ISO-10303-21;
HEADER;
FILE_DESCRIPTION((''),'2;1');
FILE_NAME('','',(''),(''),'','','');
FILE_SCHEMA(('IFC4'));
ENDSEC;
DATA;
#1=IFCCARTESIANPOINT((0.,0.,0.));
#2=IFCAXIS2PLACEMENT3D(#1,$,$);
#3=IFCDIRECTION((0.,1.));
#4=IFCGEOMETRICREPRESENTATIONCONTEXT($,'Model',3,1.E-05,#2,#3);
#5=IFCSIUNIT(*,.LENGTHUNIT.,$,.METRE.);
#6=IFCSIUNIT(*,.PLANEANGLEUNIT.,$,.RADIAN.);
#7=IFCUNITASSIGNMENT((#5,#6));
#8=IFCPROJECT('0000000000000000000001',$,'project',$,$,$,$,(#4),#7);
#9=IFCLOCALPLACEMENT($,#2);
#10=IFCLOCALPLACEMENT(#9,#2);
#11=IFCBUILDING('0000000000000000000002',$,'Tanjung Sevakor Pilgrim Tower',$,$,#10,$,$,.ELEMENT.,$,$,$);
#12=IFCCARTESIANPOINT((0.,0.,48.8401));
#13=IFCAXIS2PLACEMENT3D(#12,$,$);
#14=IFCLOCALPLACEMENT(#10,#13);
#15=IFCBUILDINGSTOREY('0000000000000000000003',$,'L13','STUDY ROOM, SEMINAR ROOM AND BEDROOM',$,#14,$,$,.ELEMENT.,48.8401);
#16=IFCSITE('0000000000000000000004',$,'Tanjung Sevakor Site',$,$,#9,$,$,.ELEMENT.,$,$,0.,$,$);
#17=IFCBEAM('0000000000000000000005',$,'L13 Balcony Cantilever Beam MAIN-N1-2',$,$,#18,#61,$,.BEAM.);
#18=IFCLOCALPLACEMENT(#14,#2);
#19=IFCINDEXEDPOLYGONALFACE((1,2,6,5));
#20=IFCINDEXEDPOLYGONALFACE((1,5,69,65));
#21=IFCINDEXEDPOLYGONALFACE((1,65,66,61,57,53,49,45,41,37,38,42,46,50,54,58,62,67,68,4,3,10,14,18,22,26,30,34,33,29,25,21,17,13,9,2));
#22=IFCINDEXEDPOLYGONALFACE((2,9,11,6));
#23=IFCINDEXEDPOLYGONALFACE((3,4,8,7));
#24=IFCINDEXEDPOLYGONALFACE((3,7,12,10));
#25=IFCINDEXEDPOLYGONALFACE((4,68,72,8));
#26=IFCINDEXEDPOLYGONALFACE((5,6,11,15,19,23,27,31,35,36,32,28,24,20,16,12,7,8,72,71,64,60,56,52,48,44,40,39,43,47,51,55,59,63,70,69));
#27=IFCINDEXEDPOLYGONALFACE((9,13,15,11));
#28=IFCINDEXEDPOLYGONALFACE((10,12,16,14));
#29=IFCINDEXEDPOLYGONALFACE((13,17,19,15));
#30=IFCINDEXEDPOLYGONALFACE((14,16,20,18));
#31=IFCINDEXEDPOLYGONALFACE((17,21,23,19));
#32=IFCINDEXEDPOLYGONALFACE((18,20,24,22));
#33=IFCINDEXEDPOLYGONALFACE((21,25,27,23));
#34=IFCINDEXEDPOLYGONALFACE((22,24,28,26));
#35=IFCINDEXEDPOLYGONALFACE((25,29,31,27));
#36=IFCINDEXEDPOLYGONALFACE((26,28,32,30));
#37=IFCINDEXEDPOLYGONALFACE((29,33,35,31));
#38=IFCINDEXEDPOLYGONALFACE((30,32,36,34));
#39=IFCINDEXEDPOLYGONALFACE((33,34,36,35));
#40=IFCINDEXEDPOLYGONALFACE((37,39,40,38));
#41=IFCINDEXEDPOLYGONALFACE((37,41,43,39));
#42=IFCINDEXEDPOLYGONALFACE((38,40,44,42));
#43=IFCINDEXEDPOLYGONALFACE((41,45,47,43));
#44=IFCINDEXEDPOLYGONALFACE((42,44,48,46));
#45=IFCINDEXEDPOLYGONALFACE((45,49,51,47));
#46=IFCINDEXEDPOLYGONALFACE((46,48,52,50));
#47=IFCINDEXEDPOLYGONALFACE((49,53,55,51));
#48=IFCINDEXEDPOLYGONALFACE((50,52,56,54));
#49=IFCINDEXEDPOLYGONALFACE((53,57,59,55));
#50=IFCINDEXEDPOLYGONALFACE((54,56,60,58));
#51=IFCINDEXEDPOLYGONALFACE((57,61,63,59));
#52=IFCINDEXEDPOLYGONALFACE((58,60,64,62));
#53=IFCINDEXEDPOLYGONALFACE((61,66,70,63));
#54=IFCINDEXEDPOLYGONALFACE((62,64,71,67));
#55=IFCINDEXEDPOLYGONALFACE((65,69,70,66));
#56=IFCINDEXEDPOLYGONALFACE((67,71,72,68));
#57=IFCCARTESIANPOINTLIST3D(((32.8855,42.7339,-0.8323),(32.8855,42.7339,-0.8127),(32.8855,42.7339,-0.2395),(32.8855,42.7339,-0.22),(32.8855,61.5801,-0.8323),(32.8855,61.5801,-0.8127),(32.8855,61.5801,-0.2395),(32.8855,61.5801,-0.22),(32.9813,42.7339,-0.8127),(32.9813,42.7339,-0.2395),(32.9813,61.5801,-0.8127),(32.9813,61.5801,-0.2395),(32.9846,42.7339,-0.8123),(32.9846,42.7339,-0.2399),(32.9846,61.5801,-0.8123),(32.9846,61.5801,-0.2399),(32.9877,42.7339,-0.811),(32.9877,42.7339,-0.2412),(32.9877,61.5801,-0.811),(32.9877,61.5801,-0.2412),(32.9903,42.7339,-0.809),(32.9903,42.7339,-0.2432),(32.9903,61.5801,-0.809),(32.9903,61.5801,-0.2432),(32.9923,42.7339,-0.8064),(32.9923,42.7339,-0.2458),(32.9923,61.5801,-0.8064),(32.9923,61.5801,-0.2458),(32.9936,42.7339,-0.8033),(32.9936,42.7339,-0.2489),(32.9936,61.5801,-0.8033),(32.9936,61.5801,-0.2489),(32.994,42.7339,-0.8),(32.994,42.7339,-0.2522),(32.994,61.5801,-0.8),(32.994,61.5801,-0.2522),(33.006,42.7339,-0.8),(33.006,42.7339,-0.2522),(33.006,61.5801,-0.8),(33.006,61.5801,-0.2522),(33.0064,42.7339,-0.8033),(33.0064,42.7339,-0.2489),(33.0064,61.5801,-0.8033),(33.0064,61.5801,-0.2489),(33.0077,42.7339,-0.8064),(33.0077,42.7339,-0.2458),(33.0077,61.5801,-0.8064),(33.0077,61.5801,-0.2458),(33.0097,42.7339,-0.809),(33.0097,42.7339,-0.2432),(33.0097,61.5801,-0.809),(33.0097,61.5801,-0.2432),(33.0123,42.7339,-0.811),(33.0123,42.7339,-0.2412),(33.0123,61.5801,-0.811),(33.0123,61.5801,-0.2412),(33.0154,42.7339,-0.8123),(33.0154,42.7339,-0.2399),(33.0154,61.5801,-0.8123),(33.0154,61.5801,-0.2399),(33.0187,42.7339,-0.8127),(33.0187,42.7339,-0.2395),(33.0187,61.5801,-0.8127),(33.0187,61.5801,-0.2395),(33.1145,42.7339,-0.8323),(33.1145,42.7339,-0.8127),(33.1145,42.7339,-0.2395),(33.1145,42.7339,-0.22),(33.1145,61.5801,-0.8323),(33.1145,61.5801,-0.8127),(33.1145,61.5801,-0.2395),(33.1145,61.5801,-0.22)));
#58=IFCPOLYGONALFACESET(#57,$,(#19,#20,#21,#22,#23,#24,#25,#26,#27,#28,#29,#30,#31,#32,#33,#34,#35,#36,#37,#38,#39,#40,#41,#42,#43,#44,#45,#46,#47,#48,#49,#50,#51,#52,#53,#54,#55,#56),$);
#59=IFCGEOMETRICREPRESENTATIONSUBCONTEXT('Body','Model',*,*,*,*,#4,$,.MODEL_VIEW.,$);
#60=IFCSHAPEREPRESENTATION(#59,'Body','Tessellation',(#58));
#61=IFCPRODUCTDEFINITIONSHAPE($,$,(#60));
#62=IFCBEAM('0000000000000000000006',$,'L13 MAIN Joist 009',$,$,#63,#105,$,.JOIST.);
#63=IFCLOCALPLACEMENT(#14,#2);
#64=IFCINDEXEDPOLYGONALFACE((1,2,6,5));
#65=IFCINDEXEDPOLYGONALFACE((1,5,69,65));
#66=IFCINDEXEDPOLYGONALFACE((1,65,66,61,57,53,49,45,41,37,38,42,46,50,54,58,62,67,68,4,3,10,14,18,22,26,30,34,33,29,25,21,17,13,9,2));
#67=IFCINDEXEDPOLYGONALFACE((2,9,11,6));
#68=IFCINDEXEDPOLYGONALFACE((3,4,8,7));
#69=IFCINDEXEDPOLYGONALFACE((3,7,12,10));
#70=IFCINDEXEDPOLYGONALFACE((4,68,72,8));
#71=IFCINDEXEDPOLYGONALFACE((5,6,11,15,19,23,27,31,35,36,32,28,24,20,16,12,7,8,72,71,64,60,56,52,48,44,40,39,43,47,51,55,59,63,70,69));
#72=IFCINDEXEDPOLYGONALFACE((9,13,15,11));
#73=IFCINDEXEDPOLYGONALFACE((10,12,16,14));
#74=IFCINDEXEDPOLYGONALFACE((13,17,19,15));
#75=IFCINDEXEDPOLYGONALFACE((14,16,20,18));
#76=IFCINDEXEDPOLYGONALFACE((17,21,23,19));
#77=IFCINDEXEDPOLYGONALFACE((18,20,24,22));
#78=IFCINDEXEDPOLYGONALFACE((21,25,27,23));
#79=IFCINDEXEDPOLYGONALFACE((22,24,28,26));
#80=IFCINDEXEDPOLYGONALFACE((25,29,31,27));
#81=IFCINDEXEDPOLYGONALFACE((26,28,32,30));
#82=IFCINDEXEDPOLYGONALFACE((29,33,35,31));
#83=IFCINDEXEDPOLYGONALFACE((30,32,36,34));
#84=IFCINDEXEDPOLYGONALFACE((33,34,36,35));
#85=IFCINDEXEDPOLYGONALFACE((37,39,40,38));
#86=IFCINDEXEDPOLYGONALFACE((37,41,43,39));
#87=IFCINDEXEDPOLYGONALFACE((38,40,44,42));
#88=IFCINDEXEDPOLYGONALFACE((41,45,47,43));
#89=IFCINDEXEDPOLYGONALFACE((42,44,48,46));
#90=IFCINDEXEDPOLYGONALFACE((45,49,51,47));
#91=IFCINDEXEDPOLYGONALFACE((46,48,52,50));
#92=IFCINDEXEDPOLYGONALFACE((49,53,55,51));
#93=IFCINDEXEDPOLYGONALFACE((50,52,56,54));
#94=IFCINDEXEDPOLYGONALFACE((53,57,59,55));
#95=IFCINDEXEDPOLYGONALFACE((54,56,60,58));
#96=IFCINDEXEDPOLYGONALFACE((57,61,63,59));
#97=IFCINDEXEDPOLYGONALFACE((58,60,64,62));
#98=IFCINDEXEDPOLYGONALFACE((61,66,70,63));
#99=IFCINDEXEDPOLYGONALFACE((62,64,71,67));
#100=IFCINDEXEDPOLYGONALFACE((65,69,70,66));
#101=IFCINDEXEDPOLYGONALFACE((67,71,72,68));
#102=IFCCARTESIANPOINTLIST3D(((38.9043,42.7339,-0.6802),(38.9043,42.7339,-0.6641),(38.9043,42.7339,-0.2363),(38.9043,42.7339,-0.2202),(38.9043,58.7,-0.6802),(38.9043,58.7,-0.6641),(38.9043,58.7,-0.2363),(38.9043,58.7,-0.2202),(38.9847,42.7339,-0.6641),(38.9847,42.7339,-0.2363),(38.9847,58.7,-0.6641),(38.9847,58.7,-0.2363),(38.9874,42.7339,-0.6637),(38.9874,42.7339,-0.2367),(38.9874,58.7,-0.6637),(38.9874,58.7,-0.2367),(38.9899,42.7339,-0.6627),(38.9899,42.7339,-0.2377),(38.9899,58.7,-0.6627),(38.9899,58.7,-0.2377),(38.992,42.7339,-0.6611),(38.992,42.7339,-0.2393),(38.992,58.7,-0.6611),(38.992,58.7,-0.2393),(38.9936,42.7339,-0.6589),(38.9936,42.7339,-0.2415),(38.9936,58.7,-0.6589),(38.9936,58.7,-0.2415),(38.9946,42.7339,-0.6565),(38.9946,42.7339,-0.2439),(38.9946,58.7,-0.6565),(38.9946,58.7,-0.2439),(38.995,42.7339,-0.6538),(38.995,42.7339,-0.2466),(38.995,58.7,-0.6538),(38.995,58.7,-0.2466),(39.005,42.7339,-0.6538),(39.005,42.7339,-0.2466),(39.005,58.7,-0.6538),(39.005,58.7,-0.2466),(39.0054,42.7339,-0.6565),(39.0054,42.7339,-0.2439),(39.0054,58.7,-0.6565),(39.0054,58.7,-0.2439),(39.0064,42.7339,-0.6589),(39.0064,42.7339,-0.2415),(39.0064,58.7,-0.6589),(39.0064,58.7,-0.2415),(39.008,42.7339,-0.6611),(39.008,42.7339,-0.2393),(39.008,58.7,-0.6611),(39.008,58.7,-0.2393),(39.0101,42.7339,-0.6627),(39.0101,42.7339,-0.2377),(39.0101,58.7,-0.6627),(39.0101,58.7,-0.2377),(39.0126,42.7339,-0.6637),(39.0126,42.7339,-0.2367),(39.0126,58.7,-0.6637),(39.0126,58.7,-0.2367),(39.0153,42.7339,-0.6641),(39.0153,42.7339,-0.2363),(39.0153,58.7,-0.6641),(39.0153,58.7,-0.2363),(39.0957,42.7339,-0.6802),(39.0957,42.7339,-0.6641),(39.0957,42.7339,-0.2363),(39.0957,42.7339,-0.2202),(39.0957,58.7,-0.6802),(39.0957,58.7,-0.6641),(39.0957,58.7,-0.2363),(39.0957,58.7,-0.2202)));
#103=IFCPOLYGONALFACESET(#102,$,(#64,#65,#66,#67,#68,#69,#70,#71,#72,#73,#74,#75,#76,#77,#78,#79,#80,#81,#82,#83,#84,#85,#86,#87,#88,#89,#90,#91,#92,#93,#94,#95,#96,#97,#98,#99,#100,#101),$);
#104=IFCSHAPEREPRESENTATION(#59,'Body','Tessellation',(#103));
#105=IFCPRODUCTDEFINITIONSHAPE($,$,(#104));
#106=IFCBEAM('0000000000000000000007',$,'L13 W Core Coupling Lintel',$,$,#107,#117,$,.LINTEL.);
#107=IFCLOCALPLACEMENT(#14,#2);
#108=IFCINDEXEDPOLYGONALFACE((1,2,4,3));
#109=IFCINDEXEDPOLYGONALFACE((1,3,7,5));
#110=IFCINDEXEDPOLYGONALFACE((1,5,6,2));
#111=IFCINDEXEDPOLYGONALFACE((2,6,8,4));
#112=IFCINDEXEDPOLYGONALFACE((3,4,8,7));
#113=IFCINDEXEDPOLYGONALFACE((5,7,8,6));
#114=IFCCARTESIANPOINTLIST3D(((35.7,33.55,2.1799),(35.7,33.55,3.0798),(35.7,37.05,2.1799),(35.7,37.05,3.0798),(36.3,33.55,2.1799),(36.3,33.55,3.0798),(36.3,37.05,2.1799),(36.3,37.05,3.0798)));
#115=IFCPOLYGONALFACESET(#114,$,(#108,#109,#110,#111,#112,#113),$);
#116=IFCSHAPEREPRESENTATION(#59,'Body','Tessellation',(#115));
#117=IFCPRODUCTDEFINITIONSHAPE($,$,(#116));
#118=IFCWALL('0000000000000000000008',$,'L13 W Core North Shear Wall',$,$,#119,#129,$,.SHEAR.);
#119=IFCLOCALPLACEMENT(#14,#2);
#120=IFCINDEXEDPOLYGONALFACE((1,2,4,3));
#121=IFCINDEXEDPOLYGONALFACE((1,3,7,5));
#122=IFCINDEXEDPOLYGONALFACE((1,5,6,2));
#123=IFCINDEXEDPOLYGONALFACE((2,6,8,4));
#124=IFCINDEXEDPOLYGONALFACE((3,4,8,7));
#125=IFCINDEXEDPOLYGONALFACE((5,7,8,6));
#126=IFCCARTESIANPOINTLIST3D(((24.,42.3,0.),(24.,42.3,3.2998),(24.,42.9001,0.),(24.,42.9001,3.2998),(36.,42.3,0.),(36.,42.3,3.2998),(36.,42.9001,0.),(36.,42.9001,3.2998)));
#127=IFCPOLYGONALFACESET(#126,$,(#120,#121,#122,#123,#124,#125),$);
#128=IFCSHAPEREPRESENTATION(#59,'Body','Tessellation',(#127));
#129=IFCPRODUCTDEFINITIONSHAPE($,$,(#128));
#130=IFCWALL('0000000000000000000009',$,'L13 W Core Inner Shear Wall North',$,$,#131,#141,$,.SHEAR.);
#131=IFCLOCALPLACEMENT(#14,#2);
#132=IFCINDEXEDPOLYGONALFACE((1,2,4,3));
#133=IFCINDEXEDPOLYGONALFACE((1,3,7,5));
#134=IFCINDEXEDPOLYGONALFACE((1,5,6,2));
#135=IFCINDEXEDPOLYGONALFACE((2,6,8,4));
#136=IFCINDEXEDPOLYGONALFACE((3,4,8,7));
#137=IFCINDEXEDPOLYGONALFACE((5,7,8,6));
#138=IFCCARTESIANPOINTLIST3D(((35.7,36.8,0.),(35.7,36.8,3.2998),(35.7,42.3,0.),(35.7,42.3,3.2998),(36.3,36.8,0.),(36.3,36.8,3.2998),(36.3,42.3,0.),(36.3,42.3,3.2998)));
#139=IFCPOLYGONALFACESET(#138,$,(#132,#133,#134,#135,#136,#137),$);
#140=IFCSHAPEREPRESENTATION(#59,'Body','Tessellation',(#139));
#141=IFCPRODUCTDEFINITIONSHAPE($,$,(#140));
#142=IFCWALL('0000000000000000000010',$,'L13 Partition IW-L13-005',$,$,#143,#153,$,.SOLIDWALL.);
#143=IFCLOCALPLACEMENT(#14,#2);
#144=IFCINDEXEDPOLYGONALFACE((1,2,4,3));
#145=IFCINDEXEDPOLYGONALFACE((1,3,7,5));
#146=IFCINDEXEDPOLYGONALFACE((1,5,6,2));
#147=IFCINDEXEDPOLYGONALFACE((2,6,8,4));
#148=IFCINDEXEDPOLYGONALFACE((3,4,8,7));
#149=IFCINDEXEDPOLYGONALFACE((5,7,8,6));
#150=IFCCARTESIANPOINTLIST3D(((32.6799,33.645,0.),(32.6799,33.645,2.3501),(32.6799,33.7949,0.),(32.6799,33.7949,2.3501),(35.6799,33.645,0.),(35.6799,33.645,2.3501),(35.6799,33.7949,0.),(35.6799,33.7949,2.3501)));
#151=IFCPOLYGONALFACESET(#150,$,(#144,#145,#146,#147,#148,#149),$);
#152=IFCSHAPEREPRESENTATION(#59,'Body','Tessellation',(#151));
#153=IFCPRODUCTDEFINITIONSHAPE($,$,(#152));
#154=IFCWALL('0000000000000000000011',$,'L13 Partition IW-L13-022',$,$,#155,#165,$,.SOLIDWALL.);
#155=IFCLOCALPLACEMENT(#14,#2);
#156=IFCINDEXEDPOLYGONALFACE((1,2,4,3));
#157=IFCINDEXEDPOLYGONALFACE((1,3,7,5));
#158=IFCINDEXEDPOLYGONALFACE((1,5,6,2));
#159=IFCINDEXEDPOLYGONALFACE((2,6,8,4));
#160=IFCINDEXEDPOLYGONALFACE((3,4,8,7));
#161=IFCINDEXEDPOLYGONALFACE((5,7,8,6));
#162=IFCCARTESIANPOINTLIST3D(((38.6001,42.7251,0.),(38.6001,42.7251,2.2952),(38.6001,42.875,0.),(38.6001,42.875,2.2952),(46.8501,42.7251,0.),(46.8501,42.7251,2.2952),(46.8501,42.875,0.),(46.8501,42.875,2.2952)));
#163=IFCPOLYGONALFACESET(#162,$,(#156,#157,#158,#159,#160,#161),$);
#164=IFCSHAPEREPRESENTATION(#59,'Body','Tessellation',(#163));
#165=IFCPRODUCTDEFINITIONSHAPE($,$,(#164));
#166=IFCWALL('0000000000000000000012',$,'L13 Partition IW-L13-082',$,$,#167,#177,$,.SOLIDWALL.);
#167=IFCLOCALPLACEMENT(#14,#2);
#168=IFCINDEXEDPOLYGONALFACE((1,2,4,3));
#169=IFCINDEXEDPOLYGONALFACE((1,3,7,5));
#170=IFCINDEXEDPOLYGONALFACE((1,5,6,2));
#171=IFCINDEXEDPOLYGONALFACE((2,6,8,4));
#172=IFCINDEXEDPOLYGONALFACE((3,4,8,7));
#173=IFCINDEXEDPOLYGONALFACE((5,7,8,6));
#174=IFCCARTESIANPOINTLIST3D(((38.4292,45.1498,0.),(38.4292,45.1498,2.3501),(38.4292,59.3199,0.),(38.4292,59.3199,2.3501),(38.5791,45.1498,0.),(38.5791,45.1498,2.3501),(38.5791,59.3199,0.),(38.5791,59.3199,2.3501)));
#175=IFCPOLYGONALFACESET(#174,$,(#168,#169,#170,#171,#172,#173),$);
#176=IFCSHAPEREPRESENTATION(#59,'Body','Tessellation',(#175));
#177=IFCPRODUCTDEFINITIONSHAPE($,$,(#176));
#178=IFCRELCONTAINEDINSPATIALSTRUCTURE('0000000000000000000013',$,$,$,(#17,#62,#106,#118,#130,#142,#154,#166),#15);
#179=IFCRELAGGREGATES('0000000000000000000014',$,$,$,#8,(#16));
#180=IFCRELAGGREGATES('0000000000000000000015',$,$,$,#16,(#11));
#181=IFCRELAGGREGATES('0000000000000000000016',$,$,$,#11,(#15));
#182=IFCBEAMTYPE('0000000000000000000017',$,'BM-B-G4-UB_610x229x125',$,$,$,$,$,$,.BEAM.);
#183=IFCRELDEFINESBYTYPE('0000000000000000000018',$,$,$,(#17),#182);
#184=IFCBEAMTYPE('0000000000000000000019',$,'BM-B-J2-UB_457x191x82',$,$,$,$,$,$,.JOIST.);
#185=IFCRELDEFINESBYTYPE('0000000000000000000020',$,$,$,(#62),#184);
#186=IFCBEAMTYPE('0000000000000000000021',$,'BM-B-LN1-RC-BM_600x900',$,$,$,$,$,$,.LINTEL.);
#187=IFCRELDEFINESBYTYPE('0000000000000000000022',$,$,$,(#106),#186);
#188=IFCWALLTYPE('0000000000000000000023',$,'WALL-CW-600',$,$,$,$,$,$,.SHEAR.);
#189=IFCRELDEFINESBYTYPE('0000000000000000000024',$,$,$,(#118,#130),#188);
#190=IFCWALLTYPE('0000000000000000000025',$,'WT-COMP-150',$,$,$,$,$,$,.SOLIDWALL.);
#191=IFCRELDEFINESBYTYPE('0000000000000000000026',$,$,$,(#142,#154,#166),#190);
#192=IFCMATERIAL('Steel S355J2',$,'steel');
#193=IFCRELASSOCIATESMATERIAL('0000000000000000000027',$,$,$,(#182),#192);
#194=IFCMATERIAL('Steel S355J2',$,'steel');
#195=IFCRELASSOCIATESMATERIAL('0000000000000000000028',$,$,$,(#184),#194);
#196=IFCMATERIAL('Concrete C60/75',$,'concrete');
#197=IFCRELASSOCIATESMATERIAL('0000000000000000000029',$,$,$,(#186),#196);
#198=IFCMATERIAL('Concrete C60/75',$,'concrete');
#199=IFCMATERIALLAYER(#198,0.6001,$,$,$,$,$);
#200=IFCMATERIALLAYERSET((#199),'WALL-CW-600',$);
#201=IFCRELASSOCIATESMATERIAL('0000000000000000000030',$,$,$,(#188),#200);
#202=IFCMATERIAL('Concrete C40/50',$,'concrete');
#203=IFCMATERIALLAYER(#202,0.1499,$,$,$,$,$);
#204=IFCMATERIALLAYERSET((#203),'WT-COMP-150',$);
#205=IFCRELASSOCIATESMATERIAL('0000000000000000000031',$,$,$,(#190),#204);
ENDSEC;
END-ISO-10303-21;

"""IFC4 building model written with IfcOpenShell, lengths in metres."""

from ifc_helpers import new_model, si_unit, direction, frame, frame_2d, origin, origin_2d, place, context, subcontext, project, spatial, rectangle, i_section, extrude, material, layer, layer_set, material_profile, profile_set, type_object, element, save


model = new_model("IFC4")

# Units and contexts
model_context = context("Model", 3, precision=1e-05, world=origin(), true_north=direction((0.0, 1.0)))
body_context = subcontext(model_context, "Body", "Model", "MODEL_VIEW")
ifc_project = project(units=[si_unit("LENGTHUNIT", "METRE"), si_unit("PLANEANGLEUNIT", "RADIAN")], contexts=[model_context])

# Site, building, storey
site_placement = place(None, origin())
site = spatial("IfcSite", under=ifc_project, at=site_placement, Name="Tanjung Sevakor Site", CompositionType="ELEMENT", RefElevation=0.0)
building_placement = place(site_placement, origin())
building = spatial("IfcBuilding", under=site, at=building_placement, Name="Tanjung Sevakor Pilgrim Tower", CompositionType="ELEMENT")
storey_placement = place(building_placement, frame((0.0, 0.0, 48.8401)))
storey = spatial("IfcBuildingStorey", under=building, at=storey_placement, Name="L13", Description="STUDY ROOM, SEMINAR ROOM AND BEDROOM", CompositionType="ELEMENT", Elevation=48.8401)

# Beams
ifc_material_1 = material(Name="Steel S355J2", Category="steel")
ifc_material_profile_1 = material_profile(ifc_material_1, i_section(OverallWidth=0.229, OverallDepth=0.6123, WebThickness=0.012, FlangeThickness=0.0195, FilletRadius=0.0127, at=origin_2d()))
ifc_profile_set_1 = profile_set([ifc_material_profile_1], Name="Steel S355J2")
beam_type_1 = type_object("IfcBeamType", Name="BM-B-G4-UB_610x229x125", PredefinedType="BEAM", material=ifc_profile_set_1)
beam_1_placement = place(storey_placement, frame((33.0, 42.7339, -0.5261), z_axis=(0.0, 1.0, 0.0), x_axis=(-1.0, 0.0, 0.0)))
element("IfcBeam", 1, at=beam_1_placement, inside=storey, type_object=beam_type_1, Name="L13 Balcony Cantilever Beam MAIN-N1-2", PredefinedType="BEAM", context=body_context, shape_type="SweptSolid", body=[
    extrude(i_section(OverallWidth=0.229, OverallDepth=0.6123, WebThickness=0.012, FlangeThickness=0.0195, FilletRadius=0.0127, at=origin_2d()), origin(), (0.0, 0.0, 1.0), 18.8462),
])
ifc_material_2 = material(Name="Steel S355J2", Category="steel")
ifc_material_profile_2 = material_profile(ifc_material_2, i_section(OverallWidth=0.1914, OverallDepth=0.46, WebThickness=0.01, FlangeThickness=0.0161, FilletRadius=0.0103, at=origin_2d()))
ifc_profile_set_2 = profile_set([ifc_material_profile_2], Name="Steel S355J2")
beam_type_2 = type_object("IfcBeamType", Name="BM-B-J2-UB_457x191x82", PredefinedType="JOIST", material=ifc_profile_set_2)
beam_2_placement = place(storey_placement, frame((39.0, 42.7339, -0.4502), z_axis=(0.0, 1.0, 0.0), x_axis=(-1.0, 0.0, 0.0)))
element("IfcBeam", 2, at=beam_2_placement, inside=storey, type_object=beam_type_2, Name="L13 MAIN Joist 009", PredefinedType="JOIST", context=body_context, shape_type="SweptSolid", body=[
    extrude(i_section(OverallWidth=0.1914, OverallDepth=0.46, WebThickness=0.01, FlangeThickness=0.0161, FilletRadius=0.0103, at=origin_2d()), origin(), (0.0, 0.0, 1.0), 15.9661),
])
ifc_material_3 = material(Name="Concrete C60/75", Category="concrete")
ifc_material_profile_3 = material_profile(ifc_material_3, rectangle(XDim=0.6001, YDim=0.8999, at=origin_2d()))
ifc_profile_set_3 = profile_set([ifc_material_profile_3], Name="Concrete C60/75")
beam_type_3 = type_object("IfcBeamType", Name="BM-B-LN1-RC-BM_600x900", PredefinedType="LINTEL", material=ifc_profile_set_3)
beam_3_placement = place(storey_placement, frame((36.0, 33.55, 2.6299), z_axis=(0.0, 1.0, 0.0), x_axis=(-1.0, 0.0, 0.0)))
element("IfcBeam", 3, at=beam_3_placement, inside=storey, type_object=beam_type_3, Name="L13 W Core Coupling Lintel", PredefinedType="LINTEL", context=body_context, shape_type="SweptSolid", body=[
    extrude(rectangle(XDim=0.6001, YDim=0.8999, at=origin_2d()), origin(), (0.0, 0.0, 1.0), 3.5),
])

# Walls
ifc_material_4 = material(Name="Concrete C60/75", Category="concrete")
ifc_layer_1 = layer(ifc_material_4, 0.6001)
ifc_layer_set_1 = layer_set([ifc_layer_1], Name="WALL-CW-600")
wall_type_1 = type_object("IfcWallType", Name="WALL-CW-600", PredefinedType="SHEAR", material=ifc_layer_set_1)
wall_1_placement = place(storey_placement, frame((36.0, 42.6001, 0.0), z_axis=(0.0, 0.0, 1.0), x_axis=(-1.0, 0.0, 0.0)))
element("IfcWall", 4, at=wall_1_placement, inside=storey, type_object=wall_type_1, Name="L13 W Core North Shear Wall", PredefinedType="SHEAR", context=body_context, shape_type="SweptSolid", body=[
    extrude(rectangle(XDim=12.0, YDim=0.6001, at=frame_2d((6.0, 0.0))), origin(), (0.0, 0.0, 1.0), 3.2998),
])
wall_2_placement = place(storey_placement, frame((36.0, 36.8, 0.0), z_axis=(0.0, 0.0, 1.0), x_axis=(0.0, 1.0, 0.0)))
element("IfcWall", 5, at=wall_2_placement, inside=storey, type_object=wall_type_1, Name="L13 W Core Inner Shear Wall North", PredefinedType="SHEAR", context=body_context, shape_type="SweptSolid", body=[
    extrude(rectangle(XDim=5.5, YDim=0.6001, at=frame_2d((2.75, 0.0))), origin(), (0.0, 0.0, 1.0), 3.2998),
])
ifc_material_5 = material(Name="Concrete C40/50", Category="concrete")
ifc_layer_2 = layer(ifc_material_5, 0.1499)
ifc_layer_set_2 = layer_set([ifc_layer_2], Name="WT-COMP-150")
wall_type_2 = type_object("IfcWallType", Name="WT-COMP-150", PredefinedType="SOLIDWALL", material=ifc_layer_set_2)
wall_3_placement = place(storey_placement, frame((32.6799, 33.72, 0.0), z_axis=(0.0, 0.0, 1.0), x_axis=(1.0, 0.0, 0.0)))
element("IfcWall", 6, at=wall_3_placement, inside=storey, type_object=wall_type_2, Name="L13 Partition IW-L13-005", PredefinedType="SOLIDWALL", context=body_context, shape_type="SweptSolid", body=[
    extrude(rectangle(XDim=3.0, YDim=0.1499, at=frame_2d((1.5, 0.0))), origin(), (0.0, 0.0, 1.0), 2.3501),
])
wall_4_placement = place(storey_placement, frame((38.6001, 42.8, 0.0), z_axis=(0.0, 0.0, 1.0), x_axis=(1.0, 0.0, 0.0)))
element("IfcWall", 7, at=wall_4_placement, inside=storey, type_object=wall_type_2, Name="L13 Partition IW-L13-022", PredefinedType="SOLIDWALL", context=body_context, shape_type="SweptSolid", body=[
    extrude(rectangle(XDim=8.25, YDim=0.1499, at=frame_2d((4.125, 0.0))), origin(), (0.0, 0.0, 1.0), 2.2952),
])
wall_5_placement = place(storey_placement, frame((38.5042, 45.1499, 0.0), z_axis=(0.0, 0.0, 1.0), x_axis=(0.0, 1.0, 0.0)))
element("IfcWall", 8, at=wall_5_placement, inside=storey, type_object=wall_type_2, Name="L13 Partition IW-L13-082", PredefinedType="SOLIDWALL", context=body_context, shape_type="SweptSolid", body=[
    extrude(rectangle(XDim=14.1702, YDim=0.1499, at=frame_2d((7.085, 0.0))), origin(), (0.0, 0.0, 1.0), 2.3501),
])

save(model, "model.ifc")
